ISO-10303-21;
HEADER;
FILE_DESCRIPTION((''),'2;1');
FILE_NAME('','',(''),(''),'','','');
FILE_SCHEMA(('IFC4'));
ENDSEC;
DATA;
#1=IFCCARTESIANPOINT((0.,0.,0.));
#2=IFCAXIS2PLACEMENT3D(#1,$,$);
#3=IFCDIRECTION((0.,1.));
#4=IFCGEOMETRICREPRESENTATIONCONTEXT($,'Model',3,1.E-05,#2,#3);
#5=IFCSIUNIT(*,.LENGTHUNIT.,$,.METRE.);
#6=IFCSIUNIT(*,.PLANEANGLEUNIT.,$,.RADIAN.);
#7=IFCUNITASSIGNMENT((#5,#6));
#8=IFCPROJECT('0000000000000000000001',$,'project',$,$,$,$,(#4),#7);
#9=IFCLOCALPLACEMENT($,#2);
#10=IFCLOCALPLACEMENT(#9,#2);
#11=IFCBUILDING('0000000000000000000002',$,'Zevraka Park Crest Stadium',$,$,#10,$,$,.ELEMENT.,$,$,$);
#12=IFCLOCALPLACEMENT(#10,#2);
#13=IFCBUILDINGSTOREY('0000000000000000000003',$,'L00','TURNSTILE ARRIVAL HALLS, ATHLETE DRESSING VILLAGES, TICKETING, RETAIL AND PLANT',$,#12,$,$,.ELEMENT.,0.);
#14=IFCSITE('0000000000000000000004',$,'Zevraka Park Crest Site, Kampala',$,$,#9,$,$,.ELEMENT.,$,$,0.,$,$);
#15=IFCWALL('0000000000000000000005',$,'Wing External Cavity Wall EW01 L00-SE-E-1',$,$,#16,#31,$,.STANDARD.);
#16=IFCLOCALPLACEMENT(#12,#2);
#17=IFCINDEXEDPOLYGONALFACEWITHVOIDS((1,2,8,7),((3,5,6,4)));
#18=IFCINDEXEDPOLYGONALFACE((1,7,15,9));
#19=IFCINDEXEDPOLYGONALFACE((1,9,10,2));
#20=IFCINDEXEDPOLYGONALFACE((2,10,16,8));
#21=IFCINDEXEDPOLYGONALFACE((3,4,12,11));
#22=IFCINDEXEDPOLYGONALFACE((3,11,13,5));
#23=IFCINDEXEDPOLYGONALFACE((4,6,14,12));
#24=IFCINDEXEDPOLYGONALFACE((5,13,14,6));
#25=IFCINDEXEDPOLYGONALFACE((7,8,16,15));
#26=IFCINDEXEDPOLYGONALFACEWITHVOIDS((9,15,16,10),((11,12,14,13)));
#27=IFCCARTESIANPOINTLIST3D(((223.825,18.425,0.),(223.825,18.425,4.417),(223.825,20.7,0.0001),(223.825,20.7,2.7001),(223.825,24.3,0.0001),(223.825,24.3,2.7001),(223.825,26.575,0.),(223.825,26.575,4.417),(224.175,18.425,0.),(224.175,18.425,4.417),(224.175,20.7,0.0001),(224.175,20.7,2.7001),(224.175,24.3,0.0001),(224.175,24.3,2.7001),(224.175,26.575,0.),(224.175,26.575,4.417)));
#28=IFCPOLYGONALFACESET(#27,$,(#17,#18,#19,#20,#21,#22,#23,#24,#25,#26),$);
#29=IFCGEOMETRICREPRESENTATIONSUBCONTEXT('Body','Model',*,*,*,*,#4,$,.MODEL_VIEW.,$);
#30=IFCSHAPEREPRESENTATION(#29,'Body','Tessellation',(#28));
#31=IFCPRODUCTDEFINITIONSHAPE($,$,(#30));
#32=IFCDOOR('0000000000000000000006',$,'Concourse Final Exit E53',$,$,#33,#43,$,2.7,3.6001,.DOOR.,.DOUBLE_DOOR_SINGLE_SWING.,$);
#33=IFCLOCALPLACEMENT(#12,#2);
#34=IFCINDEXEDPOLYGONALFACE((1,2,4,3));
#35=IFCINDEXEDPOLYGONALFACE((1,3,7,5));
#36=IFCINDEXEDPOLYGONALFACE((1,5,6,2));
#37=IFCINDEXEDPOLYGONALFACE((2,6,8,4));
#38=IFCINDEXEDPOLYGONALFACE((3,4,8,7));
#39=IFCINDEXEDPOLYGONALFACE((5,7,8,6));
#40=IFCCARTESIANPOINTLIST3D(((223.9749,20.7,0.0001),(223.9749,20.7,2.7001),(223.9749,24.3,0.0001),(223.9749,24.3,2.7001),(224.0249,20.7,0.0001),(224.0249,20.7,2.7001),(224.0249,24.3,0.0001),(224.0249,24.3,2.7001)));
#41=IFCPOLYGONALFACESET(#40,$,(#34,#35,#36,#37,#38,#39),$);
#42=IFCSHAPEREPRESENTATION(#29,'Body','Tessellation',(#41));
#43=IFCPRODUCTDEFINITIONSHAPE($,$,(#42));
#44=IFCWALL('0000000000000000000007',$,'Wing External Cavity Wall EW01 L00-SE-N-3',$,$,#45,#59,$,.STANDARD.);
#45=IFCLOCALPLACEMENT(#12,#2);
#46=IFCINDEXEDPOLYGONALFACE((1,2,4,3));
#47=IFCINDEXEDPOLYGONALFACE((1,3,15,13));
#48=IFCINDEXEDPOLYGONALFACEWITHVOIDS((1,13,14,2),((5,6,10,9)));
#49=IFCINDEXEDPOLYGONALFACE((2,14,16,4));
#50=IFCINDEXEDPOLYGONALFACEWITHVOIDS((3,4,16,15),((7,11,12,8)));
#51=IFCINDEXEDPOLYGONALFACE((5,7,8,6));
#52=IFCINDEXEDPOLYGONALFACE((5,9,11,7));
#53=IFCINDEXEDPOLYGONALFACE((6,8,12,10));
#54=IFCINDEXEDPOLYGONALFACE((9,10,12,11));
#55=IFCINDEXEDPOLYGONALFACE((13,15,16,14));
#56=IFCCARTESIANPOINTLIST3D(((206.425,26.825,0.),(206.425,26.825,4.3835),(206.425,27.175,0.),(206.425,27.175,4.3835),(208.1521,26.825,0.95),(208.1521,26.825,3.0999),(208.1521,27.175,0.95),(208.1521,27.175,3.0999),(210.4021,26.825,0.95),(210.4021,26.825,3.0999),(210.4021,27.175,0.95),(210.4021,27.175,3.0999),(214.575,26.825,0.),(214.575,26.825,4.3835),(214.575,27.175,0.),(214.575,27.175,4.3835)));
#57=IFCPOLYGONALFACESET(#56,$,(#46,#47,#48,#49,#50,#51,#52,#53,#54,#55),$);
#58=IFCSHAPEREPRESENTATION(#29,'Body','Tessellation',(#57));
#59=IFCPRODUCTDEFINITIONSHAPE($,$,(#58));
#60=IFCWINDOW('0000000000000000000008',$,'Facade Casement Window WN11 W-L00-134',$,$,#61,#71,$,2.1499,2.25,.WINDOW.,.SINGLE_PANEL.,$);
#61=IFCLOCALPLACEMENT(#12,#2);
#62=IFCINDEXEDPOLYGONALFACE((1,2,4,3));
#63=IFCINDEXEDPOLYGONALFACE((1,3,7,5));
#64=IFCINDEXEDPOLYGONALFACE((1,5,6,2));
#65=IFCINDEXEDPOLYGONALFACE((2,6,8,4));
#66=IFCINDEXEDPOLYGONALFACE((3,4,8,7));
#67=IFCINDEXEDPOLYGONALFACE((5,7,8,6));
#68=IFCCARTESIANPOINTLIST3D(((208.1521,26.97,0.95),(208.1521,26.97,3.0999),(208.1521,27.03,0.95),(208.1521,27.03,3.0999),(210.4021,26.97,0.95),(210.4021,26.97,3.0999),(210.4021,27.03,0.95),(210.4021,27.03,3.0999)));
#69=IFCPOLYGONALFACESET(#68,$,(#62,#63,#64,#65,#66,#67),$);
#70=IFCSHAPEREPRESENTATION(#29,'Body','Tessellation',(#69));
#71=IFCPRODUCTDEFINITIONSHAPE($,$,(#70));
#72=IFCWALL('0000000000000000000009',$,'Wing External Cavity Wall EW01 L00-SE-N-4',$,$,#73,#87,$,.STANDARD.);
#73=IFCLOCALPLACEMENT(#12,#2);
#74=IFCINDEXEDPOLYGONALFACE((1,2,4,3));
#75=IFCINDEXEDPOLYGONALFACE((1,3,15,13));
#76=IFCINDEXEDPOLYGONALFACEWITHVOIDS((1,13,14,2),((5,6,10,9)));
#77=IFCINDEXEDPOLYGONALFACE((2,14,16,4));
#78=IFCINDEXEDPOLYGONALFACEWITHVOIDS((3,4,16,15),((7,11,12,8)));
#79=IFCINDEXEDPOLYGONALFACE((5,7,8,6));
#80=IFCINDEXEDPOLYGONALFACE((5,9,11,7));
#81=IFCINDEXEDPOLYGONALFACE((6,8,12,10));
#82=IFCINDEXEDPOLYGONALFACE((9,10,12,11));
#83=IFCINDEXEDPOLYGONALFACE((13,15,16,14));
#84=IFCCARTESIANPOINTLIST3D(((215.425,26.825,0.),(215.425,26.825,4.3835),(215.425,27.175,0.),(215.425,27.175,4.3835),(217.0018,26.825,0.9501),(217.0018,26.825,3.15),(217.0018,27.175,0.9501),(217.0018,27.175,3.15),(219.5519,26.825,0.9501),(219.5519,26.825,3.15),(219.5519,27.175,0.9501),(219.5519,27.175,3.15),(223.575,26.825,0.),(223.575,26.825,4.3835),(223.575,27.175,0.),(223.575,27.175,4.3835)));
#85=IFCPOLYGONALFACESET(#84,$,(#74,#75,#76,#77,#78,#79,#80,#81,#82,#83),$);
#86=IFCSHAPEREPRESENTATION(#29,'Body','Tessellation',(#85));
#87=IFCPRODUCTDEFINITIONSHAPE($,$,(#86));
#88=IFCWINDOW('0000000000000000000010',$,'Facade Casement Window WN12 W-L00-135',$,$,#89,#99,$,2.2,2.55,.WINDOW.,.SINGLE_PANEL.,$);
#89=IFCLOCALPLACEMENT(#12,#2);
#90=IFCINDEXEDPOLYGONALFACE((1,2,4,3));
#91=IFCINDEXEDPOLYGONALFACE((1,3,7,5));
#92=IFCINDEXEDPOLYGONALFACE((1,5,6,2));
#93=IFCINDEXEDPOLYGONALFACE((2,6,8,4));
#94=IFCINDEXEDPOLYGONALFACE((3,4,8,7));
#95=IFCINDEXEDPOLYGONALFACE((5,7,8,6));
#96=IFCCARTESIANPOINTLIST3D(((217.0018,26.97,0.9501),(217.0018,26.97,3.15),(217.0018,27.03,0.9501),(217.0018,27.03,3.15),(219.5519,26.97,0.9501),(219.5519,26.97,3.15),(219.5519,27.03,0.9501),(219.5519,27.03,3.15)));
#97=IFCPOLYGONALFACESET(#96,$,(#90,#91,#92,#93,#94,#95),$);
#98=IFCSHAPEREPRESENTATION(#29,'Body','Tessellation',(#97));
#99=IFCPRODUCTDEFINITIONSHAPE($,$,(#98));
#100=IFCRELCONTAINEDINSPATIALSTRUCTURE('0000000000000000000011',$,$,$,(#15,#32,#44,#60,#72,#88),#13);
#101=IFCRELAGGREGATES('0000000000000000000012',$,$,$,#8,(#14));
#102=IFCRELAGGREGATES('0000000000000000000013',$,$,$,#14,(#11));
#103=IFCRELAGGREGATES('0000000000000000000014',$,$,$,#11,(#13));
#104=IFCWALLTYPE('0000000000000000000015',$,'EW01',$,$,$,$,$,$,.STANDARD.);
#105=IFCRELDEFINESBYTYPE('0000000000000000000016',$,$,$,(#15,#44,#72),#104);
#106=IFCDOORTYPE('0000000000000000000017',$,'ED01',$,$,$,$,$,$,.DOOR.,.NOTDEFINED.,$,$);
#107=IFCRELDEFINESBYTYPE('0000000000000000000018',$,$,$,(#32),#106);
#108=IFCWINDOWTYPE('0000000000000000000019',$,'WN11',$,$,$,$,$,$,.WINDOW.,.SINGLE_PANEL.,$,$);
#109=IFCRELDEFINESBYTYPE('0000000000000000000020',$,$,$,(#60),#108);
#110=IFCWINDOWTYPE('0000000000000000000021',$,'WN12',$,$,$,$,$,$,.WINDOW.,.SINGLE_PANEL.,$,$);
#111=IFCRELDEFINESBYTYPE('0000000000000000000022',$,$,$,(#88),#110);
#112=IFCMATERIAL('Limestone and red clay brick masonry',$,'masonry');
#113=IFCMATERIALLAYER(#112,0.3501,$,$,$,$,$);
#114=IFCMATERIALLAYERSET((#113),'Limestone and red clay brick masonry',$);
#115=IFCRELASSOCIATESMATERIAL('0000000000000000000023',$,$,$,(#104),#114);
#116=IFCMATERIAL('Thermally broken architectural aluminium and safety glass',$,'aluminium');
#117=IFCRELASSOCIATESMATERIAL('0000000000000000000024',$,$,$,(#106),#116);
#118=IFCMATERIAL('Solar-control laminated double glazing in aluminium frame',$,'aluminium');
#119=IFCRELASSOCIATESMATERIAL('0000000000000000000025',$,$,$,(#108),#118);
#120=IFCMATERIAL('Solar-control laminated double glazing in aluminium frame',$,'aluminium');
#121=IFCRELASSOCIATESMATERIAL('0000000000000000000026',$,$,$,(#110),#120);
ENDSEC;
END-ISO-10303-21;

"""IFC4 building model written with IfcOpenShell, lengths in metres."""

from ifc_helpers import new_model, si_unit, direction, frame, frame_2d, origin, place, context, subcontext, project, spatial, rectangle, extrude, material, layer, layer_set, type_object, element, fill, save


model = new_model("IFC4")

# Units and contexts
model_context = context("Model", 3, precision=1e-05, world=origin(), true_north=direction((0.0, 1.0)))
body_context = subcontext(model_context, "Body", "Model", "MODEL_VIEW")
ifc_project = project(units=[si_unit("LENGTHUNIT", "METRE"), si_unit("PLANEANGLEUNIT", "RADIAN")], contexts=[model_context])

# Site, building, storey
site_placement = place(None, origin())
site = spatial("IfcSite", under=ifc_project, at=site_placement, Name="Zevraka Park Crest Site, Kampala", CompositionType="ELEMENT", RefElevation=0.0)
building_placement = place(site_placement, origin())
building = spatial("IfcBuilding", under=site, at=building_placement, Name="Zevraka Park Crest Stadium", CompositionType="ELEMENT")
storey_placement = place(building_placement, origin())
storey = spatial("IfcBuildingStorey", under=building, at=storey_placement, Name="L00", Description="TURNSTILE ARRIVAL HALLS, ATHLETE DRESSING VILLAGES, TICKETING, RETAIL AND PLANT", CompositionType="ELEMENT", Elevation=0.0)

# Wall, opening, door
ifc_material_1 = material(Name="Limestone and red clay brick masonry", Category="masonry")
ifc_layer = layer(ifc_material_1, 0.3501)
ifc_layer_set = layer_set([ifc_layer], Name="Limestone and red clay brick masonry")
wall_type = type_object("IfcWallType", Name="EW01", PredefinedType="STANDARD", material=ifc_layer_set)
wall_1_placement = place(storey_placement, frame((224.0, 26.575, 0.0), z_axis=(0.0, 0.0, 1.0), x_axis=(0.0, -1.0, 0.0)))
wall_1 = element("IfcWall", 1, at=wall_1_placement, inside=storey, type_object=wall_type, Name="Wing External Cavity Wall EW01 L00-SE-E-1", PredefinedType="STANDARD", context=body_context, shape_type="SweptSolid", body=[
    extrude(rectangle(XDim=8.1499, YDim=0.3501, at=frame_2d((4.075, 0.0))), origin(), (0.0, 0.0, 1.0), 4.417),
])
opening_1_placement = place(wall_1_placement, frame((2.2749, 0.0, 0.0)))
opening_1 = element("IfcOpeningElement", 2, at=opening_1_placement, cuts=wall_1, PredefinedType="OPENING", context=body_context, shape_type="SweptSolid", body=[
    extrude(rectangle(XDim=3.6001, YDim=2.7, at=frame_2d((1.8, 1.3501))), frame((0.0, 0.1851, 0.0), z_axis=(0.0, -1.0, 0.0), x_axis=(1.0, 0.0, 0.0)), (0.0, 0.0, 1.0), 0.3701),
])
ifc_material_2 = material(Name="Thermally broken architectural aluminium and safety glass", Category="aluminium")
door_type = type_object("IfcDoorType", Name="ED01", OperationType="NOTDEFINED", PredefinedType="DOOR", material=ifc_material_2)
door_placement = place(opening_1_placement, origin())
door = element("IfcDoor", 3, at=door_placement, inside=storey, type_object=door_type, Name="Concourse Final Exit E53", OperationType="DOUBLE_DOOR_SINGLE_SWING", OverallHeight=2.7, OverallWidth=3.6001, PredefinedType="DOOR", context=body_context, shape_type="SweptSolid", body=[
    extrude(rectangle(XDim=3.6001, YDim=2.7, at=frame_2d((1.8, 1.3501))), frame((0.0, 0.0249, 0.0), z_axis=(0.0, -1.0, 0.0), x_axis=(1.0, 0.0, 0.0)), (0.0, 0.0, 1.0), 0.05),
])
fill(opening_1, door)

# Walls, openings, windows
wall_2_placement = place(storey_placement, frame((206.425, 27.0, 0.0), z_axis=(0.0, 0.0, 1.0), x_axis=(1.0, 0.0, 0.0)))
wall_2 = element("IfcWall", 4, at=wall_2_placement, inside=storey, type_object=wall_type, Name="Wing External Cavity Wall EW01 L00-SE-N-3", PredefinedType="STANDARD", context=body_context, shape_type="SweptSolid", body=[
    extrude(rectangle(XDim=8.1499, YDim=0.3501, at=frame_2d((4.075, 0.0))), origin(), (0.0, 0.0, 1.0), 4.3835),
])
opening_2_placement = place(wall_2_placement, frame((1.7271, 0.0, 0.95)))
opening_2 = element("IfcOpeningElement", 5, at=opening_2_placement, cuts=wall_2, PredefinedType="OPENING", context=body_context, shape_type="SweptSolid", body=[
    extrude(rectangle(XDim=2.25, YDim=2.1499, at=frame_2d((1.125, 1.075))), frame((0.0, 0.1851, 0.0), z_axis=(0.0, -1.0, 0.0), x_axis=(1.0, 0.0, 0.0)), (0.0, 0.0, 1.0), 0.3701),
])
ifc_material_3 = material(Name="Solar-control laminated double glazing in aluminium frame", Category="aluminium")
window_type_1 = type_object("IfcWindowType", Name="WN11", PartitioningType="SINGLE_PANEL", PredefinedType="WINDOW", material=ifc_material_3)
window_1_placement = place(opening_2_placement, origin())
window_1 = element("IfcWindow", 6, at=window_1_placement, inside=storey, type_object=window_type_1, Name="Facade Casement Window WN11 W-L00-134", OverallHeight=2.1499, OverallWidth=2.25, PartitioningType="SINGLE_PANEL", PredefinedType="WINDOW", context=body_context, shape_type="SweptSolid", body=[
    extrude(rectangle(XDim=2.25, YDim=2.1499, at=frame_2d((1.125, 1.075))), frame((0.0, 0.03, 0.0), z_axis=(0.0, -1.0, 0.0), x_axis=(1.0, 0.0, 0.0)), (0.0, 0.0, 1.0), 0.0601),
])
fill(opening_2, window_1)
wall_3_placement = place(storey_placement, frame((215.425, 27.0, 0.0), z_axis=(0.0, 0.0, 1.0), x_axis=(1.0, 0.0, 0.0)))
wall_3 = element("IfcWall", 7, at=wall_3_placement, inside=storey, type_object=wall_type, Name="Wing External Cavity Wall EW01 L00-SE-N-4", PredefinedType="STANDARD", context=body_context, shape_type="SweptSolid", body=[
    extrude(rectangle(XDim=8.1499, YDim=0.3501, at=frame_2d((4.075, 0.0))), origin(), (0.0, 0.0, 1.0), 4.3835),
])
opening_3_placement = place(wall_3_placement, frame((1.5769, 0.0, 0.95)))
opening_3 = element("IfcOpeningElement", 8, at=opening_3_placement, cuts=wall_3, PredefinedType="OPENING", context=body_context, shape_type="SweptSolid", body=[
    extrude(rectangle(XDim=2.55, YDim=2.2, at=frame_2d((1.2749, 1.1001))), frame((0.0, 0.1851, 0.0), z_axis=(0.0, -1.0, 0.0), x_axis=(1.0, 0.0, 0.0)), (0.0, 0.0, 1.0), 0.3701),
])
ifc_material_4 = material(Name="Solar-control laminated double glazing in aluminium frame", Category="aluminium")
window_type_2 = type_object("IfcWindowType", Name="WN12", PartitioningType="SINGLE_PANEL", PredefinedType="WINDOW", material=ifc_material_4)
window_2_placement = place(opening_3_placement, origin())
window_2 = element("IfcWindow", 9, at=window_2_placement, inside=storey, type_object=window_type_2, Name="Facade Casement Window WN12 W-L00-135", OverallHeight=2.2, OverallWidth=2.55, PartitioningType="SINGLE_PANEL", PredefinedType="WINDOW", context=body_context, shape_type="SweptSolid", body=[
    extrude(rectangle(XDim=2.55, YDim=2.2, at=frame_2d((1.2749, 1.1001))), frame((0.0, 0.03, 0.0), z_axis=(0.0, -1.0, 0.0), x_axis=(1.0, 0.0, 0.0)), (0.0, 0.0, 1.0), 0.0601),
])
fill(opening_3, window_2)

save(model, "model.ifc")
